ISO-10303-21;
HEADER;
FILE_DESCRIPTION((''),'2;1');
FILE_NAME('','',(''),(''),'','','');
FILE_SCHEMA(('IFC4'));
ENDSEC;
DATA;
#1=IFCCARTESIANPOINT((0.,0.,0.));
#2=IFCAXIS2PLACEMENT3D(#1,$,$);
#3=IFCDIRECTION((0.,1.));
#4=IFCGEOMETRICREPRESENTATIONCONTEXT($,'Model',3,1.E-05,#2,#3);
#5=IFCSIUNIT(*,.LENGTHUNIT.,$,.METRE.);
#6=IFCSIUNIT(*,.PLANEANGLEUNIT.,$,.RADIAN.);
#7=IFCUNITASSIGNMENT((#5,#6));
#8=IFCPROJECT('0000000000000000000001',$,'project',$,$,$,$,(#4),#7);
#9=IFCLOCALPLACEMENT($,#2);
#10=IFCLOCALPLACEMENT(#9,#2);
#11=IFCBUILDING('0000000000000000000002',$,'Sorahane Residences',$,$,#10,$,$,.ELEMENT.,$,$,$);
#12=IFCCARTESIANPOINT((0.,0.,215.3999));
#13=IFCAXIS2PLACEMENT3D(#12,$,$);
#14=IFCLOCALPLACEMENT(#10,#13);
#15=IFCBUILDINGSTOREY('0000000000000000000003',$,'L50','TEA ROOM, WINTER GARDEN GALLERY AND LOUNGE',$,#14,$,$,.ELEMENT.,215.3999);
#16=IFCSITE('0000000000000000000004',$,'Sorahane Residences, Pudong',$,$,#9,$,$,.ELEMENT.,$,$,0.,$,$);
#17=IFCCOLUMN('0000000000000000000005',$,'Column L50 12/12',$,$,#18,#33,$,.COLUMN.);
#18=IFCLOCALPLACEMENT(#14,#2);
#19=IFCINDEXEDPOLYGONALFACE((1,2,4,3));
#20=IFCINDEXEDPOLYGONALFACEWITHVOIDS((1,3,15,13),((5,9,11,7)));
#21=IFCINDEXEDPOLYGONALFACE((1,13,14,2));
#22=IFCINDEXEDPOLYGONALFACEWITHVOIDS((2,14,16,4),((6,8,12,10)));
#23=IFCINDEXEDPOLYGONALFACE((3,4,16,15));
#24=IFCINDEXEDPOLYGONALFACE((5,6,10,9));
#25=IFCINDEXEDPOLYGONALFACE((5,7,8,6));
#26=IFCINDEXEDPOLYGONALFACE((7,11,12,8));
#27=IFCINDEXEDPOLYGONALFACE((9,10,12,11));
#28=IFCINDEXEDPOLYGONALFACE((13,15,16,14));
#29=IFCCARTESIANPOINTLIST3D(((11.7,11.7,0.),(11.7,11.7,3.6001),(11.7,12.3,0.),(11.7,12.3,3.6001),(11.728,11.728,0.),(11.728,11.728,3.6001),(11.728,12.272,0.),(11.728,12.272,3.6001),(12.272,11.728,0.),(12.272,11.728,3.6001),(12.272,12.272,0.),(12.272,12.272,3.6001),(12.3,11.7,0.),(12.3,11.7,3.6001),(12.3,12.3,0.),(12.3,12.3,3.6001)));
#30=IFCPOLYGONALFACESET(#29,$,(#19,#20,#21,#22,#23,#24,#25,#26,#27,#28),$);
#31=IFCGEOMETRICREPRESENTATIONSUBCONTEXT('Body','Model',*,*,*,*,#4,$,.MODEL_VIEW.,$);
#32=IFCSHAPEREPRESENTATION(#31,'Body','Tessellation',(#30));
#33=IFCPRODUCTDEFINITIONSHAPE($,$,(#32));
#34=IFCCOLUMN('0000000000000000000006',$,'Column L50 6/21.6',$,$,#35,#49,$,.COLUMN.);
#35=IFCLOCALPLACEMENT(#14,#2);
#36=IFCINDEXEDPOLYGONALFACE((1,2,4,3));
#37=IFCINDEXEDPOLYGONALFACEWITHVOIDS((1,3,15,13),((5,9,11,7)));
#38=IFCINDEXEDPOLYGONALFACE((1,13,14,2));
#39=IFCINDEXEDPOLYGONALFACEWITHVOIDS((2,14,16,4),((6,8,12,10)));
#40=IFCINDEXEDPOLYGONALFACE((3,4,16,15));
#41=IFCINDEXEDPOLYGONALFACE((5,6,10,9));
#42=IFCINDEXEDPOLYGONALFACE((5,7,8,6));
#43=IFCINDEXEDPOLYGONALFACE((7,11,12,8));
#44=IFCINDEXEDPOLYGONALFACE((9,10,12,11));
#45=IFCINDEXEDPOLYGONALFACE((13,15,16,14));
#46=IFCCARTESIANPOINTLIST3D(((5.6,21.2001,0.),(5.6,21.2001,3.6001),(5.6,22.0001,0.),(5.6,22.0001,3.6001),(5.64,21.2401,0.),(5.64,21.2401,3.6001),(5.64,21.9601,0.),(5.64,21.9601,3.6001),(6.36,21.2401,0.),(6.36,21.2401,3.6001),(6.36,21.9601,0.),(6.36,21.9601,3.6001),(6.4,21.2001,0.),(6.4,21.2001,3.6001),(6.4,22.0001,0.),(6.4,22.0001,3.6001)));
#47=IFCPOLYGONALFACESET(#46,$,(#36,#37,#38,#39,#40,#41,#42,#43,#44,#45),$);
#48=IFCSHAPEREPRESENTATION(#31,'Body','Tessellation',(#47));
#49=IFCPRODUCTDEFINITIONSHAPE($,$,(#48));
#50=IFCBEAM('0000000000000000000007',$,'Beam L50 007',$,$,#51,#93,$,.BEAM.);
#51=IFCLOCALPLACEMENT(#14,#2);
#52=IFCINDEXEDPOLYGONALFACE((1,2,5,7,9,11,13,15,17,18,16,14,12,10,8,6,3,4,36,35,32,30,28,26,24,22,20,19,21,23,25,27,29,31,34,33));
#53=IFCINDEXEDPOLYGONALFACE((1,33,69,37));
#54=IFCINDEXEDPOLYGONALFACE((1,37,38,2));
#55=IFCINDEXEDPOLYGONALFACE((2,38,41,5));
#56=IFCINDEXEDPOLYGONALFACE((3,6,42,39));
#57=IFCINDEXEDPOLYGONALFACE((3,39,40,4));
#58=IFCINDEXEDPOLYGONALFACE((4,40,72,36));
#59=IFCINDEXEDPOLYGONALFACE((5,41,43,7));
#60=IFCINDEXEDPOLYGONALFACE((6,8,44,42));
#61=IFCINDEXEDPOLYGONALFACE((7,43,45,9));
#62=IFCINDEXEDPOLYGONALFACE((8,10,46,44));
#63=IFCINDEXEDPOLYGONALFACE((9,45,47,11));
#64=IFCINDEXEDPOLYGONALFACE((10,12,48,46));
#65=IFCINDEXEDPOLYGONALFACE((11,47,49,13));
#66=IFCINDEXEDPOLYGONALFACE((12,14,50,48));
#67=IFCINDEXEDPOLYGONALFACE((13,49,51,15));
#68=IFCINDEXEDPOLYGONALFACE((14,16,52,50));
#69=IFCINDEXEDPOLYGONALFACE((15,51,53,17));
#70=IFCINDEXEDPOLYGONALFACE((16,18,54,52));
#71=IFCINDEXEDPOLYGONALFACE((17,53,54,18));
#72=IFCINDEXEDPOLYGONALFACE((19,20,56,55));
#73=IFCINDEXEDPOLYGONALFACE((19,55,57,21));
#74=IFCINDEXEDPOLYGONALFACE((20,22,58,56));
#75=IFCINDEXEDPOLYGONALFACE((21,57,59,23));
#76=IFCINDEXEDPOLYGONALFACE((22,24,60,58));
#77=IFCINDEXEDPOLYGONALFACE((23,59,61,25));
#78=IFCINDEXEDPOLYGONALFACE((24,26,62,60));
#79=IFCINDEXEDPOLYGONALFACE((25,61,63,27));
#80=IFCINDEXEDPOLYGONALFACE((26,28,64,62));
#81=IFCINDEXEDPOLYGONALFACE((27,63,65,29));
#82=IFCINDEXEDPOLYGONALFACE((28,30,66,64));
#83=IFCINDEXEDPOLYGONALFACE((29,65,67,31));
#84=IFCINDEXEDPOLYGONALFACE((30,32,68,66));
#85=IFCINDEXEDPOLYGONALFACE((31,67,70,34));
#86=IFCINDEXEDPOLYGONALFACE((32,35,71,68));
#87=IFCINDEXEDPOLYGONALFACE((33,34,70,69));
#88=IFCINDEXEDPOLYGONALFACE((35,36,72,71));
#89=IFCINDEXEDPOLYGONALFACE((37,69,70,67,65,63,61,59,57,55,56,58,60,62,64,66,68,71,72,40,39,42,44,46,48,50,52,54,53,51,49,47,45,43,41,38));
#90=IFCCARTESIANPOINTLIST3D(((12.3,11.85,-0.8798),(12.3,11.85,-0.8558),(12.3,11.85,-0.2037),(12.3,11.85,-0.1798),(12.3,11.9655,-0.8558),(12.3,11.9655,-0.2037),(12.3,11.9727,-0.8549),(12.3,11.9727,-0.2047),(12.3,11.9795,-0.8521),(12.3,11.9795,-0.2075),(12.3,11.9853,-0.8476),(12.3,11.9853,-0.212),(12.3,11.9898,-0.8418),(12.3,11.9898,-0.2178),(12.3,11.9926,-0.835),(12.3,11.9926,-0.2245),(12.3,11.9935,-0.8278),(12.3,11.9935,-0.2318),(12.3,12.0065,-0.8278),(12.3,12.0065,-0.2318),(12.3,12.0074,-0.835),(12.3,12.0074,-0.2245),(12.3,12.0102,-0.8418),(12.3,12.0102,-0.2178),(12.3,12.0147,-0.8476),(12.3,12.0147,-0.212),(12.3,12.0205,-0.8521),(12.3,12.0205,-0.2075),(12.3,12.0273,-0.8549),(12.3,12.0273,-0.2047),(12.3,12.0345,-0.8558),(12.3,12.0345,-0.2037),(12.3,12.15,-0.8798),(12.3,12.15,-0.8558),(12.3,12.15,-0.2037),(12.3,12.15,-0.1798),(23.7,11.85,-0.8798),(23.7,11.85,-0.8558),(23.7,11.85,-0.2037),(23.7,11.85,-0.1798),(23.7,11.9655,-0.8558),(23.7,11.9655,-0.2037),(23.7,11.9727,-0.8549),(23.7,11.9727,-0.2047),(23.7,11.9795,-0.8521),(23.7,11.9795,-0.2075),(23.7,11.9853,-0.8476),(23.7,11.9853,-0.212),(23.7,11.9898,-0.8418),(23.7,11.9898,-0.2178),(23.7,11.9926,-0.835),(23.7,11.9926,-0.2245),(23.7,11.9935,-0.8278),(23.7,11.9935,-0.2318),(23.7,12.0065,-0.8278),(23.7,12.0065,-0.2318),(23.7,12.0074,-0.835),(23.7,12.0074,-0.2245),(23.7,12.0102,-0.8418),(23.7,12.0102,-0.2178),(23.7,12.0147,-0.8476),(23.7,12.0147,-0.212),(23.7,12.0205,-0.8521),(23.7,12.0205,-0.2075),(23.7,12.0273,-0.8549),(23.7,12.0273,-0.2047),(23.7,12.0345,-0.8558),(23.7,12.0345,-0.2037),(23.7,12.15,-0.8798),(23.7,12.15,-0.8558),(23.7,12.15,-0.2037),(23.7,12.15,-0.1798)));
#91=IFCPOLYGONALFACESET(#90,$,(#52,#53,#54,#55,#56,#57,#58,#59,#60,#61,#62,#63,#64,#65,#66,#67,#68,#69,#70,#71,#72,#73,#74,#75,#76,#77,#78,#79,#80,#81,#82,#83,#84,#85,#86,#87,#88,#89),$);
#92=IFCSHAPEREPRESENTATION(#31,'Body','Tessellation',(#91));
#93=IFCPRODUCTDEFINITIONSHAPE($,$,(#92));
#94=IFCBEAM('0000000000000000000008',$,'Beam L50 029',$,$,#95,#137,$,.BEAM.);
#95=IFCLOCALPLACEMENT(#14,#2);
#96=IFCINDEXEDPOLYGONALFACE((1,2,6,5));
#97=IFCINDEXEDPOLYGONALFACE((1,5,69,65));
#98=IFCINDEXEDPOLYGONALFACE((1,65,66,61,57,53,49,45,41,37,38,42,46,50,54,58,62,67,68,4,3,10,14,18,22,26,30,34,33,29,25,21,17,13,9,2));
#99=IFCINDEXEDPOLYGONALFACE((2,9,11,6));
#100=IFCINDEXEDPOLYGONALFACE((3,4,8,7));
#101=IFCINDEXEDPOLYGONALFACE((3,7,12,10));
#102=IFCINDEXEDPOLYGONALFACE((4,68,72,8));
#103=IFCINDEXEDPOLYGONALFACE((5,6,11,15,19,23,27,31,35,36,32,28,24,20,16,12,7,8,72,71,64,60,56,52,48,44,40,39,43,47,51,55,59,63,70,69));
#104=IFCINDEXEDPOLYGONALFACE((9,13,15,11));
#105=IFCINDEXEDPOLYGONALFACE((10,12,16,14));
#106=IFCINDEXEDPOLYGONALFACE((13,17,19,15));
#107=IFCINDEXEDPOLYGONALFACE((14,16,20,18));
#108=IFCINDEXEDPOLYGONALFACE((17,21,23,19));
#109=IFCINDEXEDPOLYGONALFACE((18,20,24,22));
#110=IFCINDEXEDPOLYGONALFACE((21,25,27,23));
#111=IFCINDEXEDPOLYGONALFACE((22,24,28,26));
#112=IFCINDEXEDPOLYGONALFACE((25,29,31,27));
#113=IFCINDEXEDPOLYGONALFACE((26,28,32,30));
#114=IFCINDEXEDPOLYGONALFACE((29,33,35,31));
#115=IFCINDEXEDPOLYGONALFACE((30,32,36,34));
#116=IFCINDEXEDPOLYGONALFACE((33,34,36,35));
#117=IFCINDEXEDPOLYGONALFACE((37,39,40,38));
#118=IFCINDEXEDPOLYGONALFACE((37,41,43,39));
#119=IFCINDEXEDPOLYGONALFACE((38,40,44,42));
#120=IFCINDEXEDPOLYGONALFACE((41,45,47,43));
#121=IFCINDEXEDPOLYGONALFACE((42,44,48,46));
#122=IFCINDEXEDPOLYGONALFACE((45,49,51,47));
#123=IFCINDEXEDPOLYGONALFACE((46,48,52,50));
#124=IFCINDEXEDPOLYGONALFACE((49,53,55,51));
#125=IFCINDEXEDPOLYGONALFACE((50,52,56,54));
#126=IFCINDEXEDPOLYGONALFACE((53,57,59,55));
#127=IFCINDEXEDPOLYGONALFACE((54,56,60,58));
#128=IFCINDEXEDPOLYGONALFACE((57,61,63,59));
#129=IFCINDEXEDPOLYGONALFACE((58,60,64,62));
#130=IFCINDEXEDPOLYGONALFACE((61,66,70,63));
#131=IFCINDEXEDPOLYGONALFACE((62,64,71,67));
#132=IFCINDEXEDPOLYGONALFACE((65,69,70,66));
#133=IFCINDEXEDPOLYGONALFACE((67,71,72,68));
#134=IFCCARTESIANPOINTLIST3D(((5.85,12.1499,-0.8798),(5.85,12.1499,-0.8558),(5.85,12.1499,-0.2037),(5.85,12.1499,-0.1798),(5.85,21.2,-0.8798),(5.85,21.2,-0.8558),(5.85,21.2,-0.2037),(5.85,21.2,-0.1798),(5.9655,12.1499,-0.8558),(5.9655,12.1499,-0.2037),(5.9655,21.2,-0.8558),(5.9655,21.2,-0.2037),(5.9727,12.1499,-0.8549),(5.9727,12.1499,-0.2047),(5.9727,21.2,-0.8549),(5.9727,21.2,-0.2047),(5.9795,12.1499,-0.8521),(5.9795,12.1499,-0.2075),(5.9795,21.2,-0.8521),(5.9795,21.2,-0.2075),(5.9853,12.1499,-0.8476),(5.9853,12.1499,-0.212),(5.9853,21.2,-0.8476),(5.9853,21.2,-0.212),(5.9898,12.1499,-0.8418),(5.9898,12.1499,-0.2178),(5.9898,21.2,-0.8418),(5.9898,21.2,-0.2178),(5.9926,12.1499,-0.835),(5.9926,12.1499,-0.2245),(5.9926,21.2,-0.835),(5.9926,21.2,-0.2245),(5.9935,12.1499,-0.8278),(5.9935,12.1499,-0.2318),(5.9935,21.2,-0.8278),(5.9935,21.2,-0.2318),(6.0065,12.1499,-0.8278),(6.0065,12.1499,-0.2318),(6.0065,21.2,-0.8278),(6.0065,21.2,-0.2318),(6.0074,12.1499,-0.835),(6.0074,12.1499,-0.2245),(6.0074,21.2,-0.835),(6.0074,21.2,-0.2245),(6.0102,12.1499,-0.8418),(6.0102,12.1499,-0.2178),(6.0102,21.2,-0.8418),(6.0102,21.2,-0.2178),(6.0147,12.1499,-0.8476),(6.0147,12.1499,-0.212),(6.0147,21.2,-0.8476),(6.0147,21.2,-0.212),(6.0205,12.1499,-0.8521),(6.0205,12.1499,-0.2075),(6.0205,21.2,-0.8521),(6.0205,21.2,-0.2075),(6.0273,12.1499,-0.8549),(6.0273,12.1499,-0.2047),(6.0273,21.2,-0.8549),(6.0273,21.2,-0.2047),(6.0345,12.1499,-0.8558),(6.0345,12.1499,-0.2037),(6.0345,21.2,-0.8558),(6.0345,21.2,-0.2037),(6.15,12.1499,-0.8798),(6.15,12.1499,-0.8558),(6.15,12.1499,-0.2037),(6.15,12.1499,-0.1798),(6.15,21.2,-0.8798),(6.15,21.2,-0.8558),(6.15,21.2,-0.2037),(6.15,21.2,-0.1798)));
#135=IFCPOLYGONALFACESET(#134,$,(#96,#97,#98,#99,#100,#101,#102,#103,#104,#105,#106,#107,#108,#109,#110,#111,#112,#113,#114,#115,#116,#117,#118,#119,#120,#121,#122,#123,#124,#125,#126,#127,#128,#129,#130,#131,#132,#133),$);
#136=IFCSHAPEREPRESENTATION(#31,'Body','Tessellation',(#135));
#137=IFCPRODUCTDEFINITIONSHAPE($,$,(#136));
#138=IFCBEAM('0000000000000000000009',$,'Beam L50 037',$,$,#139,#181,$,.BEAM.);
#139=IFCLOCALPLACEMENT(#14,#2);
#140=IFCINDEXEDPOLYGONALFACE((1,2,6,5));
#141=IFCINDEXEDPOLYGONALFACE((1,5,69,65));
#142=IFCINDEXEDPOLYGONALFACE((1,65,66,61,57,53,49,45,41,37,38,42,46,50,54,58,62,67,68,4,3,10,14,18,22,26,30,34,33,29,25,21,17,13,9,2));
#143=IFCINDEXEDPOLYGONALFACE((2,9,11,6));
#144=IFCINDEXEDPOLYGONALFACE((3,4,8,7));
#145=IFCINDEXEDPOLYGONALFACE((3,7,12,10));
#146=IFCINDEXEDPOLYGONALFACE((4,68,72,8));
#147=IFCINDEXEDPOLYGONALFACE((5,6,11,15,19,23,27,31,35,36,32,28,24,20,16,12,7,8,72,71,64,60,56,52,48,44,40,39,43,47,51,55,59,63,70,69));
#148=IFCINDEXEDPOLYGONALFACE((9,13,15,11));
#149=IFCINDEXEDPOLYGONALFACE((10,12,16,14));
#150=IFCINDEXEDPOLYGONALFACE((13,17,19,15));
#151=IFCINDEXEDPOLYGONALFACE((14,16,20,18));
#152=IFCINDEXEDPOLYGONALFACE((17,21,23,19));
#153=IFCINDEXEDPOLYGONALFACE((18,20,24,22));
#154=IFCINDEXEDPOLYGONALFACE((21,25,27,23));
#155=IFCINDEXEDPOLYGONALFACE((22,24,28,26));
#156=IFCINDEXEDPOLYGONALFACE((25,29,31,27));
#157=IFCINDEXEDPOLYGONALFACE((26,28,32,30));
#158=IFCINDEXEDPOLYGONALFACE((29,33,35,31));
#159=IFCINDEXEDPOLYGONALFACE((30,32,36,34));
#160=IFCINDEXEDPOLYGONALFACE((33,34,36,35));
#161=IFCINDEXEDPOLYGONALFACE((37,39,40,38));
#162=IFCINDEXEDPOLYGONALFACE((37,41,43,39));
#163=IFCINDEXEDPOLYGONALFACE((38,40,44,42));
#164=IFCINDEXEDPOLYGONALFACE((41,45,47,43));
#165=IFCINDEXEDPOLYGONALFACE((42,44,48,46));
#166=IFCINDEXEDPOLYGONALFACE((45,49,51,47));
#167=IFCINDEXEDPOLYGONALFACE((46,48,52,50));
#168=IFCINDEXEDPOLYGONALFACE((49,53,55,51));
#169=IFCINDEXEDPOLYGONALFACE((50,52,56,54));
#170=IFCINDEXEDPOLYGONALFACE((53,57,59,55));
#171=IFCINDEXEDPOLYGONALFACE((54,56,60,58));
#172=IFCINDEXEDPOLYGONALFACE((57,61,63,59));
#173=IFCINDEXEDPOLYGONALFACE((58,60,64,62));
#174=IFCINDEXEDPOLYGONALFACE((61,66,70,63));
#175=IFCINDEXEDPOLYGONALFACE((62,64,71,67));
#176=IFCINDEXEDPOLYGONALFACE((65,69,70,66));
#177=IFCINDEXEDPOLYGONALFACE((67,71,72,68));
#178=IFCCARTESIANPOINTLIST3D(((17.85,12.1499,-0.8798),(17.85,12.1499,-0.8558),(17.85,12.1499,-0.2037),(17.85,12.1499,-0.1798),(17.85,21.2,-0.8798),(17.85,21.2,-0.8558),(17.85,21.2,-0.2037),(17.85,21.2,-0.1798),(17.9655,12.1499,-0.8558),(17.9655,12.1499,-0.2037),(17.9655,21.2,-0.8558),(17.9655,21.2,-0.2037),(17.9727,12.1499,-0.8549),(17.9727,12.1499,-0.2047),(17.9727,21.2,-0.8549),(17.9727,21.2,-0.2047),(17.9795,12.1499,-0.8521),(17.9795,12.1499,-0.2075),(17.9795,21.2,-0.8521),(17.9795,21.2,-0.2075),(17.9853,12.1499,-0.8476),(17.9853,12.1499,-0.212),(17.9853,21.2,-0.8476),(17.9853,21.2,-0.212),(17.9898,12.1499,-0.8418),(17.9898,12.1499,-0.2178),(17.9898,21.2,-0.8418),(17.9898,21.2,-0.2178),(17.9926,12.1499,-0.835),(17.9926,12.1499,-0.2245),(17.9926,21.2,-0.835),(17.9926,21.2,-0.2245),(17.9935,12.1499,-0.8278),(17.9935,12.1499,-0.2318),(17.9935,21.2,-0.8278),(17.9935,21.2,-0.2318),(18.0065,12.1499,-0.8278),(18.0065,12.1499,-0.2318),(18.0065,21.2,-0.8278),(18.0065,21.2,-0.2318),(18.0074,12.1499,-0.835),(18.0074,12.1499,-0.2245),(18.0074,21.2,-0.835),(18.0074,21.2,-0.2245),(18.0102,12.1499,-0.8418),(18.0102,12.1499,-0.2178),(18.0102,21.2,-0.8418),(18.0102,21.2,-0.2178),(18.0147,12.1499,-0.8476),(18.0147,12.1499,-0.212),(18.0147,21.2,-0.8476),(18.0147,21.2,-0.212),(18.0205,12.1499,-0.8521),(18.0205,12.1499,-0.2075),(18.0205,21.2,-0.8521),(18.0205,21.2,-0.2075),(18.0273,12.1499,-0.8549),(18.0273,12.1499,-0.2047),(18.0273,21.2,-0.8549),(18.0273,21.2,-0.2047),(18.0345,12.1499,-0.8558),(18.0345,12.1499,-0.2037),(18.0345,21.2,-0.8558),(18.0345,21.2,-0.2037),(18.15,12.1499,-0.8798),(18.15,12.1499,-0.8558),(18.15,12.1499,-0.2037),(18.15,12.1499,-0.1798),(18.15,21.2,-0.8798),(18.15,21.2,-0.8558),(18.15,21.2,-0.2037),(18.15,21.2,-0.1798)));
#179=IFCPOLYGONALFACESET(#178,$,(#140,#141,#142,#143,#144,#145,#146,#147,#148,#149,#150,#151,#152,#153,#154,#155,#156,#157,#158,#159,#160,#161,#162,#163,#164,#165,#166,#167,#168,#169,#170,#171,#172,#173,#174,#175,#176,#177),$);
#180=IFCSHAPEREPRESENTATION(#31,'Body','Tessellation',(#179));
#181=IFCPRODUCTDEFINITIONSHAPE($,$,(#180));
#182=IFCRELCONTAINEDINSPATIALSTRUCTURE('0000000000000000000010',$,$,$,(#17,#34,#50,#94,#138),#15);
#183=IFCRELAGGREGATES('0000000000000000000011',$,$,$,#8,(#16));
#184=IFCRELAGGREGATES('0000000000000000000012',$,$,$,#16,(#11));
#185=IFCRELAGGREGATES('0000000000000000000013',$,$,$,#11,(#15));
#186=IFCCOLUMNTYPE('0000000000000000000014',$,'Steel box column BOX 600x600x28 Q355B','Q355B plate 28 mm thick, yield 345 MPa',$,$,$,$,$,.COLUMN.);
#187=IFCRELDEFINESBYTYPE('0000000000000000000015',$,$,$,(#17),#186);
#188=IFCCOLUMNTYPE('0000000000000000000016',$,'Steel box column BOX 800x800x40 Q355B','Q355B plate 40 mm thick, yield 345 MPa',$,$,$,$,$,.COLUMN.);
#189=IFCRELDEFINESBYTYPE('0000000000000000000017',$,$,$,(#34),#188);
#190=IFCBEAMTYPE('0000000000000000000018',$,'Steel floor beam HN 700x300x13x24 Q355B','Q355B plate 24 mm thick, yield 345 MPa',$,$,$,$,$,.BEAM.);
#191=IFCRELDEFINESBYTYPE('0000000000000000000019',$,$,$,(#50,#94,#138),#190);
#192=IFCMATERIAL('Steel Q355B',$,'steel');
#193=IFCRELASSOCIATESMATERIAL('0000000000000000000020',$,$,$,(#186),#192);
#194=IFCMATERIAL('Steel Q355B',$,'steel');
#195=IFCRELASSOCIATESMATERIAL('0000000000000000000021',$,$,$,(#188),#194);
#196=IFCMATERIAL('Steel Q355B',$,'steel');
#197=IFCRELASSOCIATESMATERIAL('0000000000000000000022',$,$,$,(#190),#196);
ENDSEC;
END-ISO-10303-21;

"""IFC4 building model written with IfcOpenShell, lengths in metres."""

from ifc_helpers import new_model, si_unit, direction, frame, origin, origin_2d, place, context, subcontext, project, spatial, hollow_rectangle, i_section, extrude, material, material_profile, profile_set, type_object, element, save


model = new_model("IFC4")

# Units and contexts
model_context = context("Model", 3, precision=1e-05, world=origin(), true_north=direction((0.0, 1.0)))
body_context = subcontext(model_context, "Body", "Model", "MODEL_VIEW")
ifc_project = project(units=[si_unit("LENGTHUNIT", "METRE"), si_unit("PLANEANGLEUNIT", "RADIAN")], contexts=[model_context])

# Site, building, storey
site_placement = place(None, origin())
site = spatial("IfcSite", under=ifc_project, at=site_placement, Name="Sorahane Residences, Pudong", CompositionType="ELEMENT", RefElevation=0.0)
building_placement = place(site_placement, origin())
building = spatial("IfcBuilding", under=site, at=building_placement, Name="Sorahane Residences", CompositionType="ELEMENT")
storey_placement = place(building_placement, frame((0.0, 0.0, 215.3999)))
storey = spatial("IfcBuildingStorey", under=building, at=storey_placement, Name="L50", Description="TEA ROOM, WINTER GARDEN GALLERY AND LOUNGE", CompositionType="ELEMENT", Elevation=215.3999)

# Columns
ifc_material_1 = material(Name="Steel Q355B", Category="steel")
ifc_material_profile_1 = material_profile(ifc_material_1, hollow_rectangle(XDim=0.6001, YDim=0.6001, WallThickness=0.0281, at=origin_2d()), Name="BOX 600x600x28")
ifc_profile_set_1 = profile_set([ifc_material_profile_1], Name="Steel Q355B")
column_type_1 = type_object("IfcColumnType", Name="Steel box column BOX 600x600x28 Q355B", Description="Q355B plate 28 mm thick, yield 345 MPa", PredefinedType="COLUMN", material=ifc_profile_set_1)
column_1_placement = place(storey_placement, frame((12.0, 12.0, 0.0), z_axis=(0.0, 0.0, 1.0), x_axis=(1.0, 0.0, 0.0)))
element("IfcColumn", 1, at=column_1_placement, inside=storey, type_object=column_type_1, Name="Column L50 12/12", PredefinedType="COLUMN", context=body_context, shape_type="SweptSolid", body=[
    extrude(hollow_rectangle(XDim=0.6001, YDim=0.6001, WallThickness=0.0281, at=origin_2d()), origin(), (0.0, 0.0, 1.0), 3.6001),
])
ifc_material_2 = material(Name="Steel Q355B", Category="steel")
ifc_material_profile_2 = material_profile(ifc_material_2, hollow_rectangle(XDim=0.8, YDim=0.8, WallThickness=0.04, at=origin_2d()), Name="BOX 800x800x40")
ifc_profile_set_2 = profile_set([ifc_material_profile_2], Name="Steel Q355B")
column_type_2 = type_object("IfcColumnType", Name="Steel box column BOX 800x800x40 Q355B", Description="Q355B plate 40 mm thick, yield 345 MPa", PredefinedType="COLUMN", material=ifc_profile_set_2)
column_2_placement = place(storey_placement, frame((6.0, 21.6001, 0.0), z_axis=(0.0, 0.0, 1.0), x_axis=(1.0, 0.0, 0.0)))
element("IfcColumn", 2, at=column_2_placement, inside=storey, type_object=column_type_2, Name="Column L50 6/21.6", PredefinedType="COLUMN", context=body_context, shape_type="SweptSolid", body=[
    extrude(hollow_rectangle(XDim=0.8, YDim=0.8, WallThickness=0.04, at=origin_2d()), origin(), (0.0, 0.0, 1.0), 3.6001),
])

# Beams
ifc_material_3 = material(Name="Steel Q355B", Category="steel")
ifc_material_profile_3 = material_profile(ifc_material_3, i_section(OverallWidth=0.3, OverallDepth=0.7, WebThickness=0.0129, FlangeThickness=0.0239, FilletRadius=0.0281, at=origin_2d()), Name="HN 700x300x13x24")
ifc_profile_set_3 = profile_set([ifc_material_profile_3], Name="Steel Q355B")
beam_type = type_object("IfcBeamType", Name="Steel floor beam HN 700x300x13x24 Q355B", Description="Q355B plate 24 mm thick, yield 345 MPa", PredefinedType="BEAM", material=ifc_profile_set_3)
beam_1_placement = place(storey_placement, frame((12.3, 12.0, -0.5298), z_axis=(1.0, 0.0, 0.0), x_axis=(0.0, 1.0, 0.0)))
element("IfcBeam", 3, at=beam_1_placement, inside=storey, type_object=beam_type, Name="Beam L50 007", PredefinedType="BEAM", context=body_context, shape_type="SweptSolid", body=[
    extrude(i_section(OverallWidth=0.3, OverallDepth=0.7, WebThickness=0.0129, FlangeThickness=0.0239, FilletRadius=0.0281, at=origin_2d()), origin(), (0.0, 0.0, 1.0), 11.3999),
])
for number, where, z_axis, x_axis, name in (
    (4, (6.0, 12.1499, -0.5298), (0.0, 1.0, 0.0), (-1.0, 0.0, 0.0), "Beam L50 029"),
    (5, (18.0, 12.1499, -0.5298), (0.0, 1.0, 0.0), (-1.0, 0.0, 0.0), "Beam L50 037"),
):
    element("IfcBeam", number, at=place(storey_placement, frame(where, z_axis=z_axis, x_axis=x_axis)), inside=storey, type_object=beam_type, Name=name, PredefinedType="BEAM", context=body_context, shape_type="SweptSolid", body=[
        extrude(i_section(OverallWidth=0.3, OverallDepth=0.7, WebThickness=0.0129, FlangeThickness=0.0239, FilletRadius=0.0281, at=origin_2d()), origin(), (0.0, 0.0, 1.0), 9.05),
    ])

save(model, "model.ifc")
